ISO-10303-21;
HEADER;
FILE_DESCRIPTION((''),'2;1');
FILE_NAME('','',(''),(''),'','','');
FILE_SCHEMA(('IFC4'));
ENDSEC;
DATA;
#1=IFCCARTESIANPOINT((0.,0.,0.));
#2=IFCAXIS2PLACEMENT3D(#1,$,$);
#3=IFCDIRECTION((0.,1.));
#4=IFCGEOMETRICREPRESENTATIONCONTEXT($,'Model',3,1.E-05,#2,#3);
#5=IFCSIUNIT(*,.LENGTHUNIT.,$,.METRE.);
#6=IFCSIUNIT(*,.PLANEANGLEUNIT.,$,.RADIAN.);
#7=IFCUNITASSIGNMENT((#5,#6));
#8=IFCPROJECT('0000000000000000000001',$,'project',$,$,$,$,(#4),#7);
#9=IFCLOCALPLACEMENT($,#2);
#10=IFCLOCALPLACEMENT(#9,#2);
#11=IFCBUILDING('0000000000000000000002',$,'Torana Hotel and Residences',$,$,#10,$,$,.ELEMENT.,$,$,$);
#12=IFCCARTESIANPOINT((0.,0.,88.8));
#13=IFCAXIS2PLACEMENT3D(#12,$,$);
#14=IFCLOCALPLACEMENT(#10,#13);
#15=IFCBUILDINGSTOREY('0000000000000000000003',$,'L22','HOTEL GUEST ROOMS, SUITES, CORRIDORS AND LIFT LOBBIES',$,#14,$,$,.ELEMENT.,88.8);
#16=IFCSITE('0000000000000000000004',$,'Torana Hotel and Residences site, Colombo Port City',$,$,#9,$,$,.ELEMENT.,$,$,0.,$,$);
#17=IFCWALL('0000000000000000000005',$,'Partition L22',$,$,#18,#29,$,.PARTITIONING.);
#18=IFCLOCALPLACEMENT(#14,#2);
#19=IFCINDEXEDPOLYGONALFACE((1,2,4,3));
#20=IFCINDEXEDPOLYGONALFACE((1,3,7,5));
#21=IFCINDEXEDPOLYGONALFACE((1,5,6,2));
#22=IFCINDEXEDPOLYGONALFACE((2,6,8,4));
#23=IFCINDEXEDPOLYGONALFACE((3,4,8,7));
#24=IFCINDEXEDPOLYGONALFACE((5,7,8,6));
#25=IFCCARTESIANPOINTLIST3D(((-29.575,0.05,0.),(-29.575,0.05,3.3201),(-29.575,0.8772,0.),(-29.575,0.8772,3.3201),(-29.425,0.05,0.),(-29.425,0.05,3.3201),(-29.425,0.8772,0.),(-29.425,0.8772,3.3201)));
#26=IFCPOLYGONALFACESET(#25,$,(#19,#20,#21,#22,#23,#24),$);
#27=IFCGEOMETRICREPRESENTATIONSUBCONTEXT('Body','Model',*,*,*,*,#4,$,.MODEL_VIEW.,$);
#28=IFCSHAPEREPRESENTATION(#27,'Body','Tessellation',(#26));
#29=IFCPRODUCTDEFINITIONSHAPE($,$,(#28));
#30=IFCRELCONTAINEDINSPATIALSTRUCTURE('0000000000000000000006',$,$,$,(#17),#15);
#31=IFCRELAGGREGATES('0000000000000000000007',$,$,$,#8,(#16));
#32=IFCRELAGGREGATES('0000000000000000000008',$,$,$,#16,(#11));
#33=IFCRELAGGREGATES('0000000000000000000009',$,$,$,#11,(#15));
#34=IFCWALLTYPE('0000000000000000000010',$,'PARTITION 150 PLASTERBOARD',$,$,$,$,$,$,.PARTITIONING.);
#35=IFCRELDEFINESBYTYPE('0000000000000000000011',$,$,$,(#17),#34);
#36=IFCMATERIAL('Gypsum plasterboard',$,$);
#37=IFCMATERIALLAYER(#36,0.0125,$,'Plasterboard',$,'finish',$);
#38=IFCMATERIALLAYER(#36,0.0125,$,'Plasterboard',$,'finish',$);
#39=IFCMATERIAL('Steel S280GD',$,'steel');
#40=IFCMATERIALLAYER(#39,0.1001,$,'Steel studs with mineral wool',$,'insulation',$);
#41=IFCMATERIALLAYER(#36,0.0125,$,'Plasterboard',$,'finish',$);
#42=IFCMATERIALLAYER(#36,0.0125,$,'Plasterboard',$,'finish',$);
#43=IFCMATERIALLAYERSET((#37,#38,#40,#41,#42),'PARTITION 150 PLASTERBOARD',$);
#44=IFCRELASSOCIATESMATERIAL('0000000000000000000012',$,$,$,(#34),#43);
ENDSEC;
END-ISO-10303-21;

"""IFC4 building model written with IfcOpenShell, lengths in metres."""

from ifc_helpers import new_model, si_unit, direction, frame, frame_2d, origin, place, context, subcontext, project, spatial, rectangle, extrude, material, layer, layer_set, type_object, element, save


model = new_model("IFC4")

# Units and contexts
model_context = context("Model", 3, precision=1e-05, world=origin(), true_north=direction((0.0, 1.0)))
body_context = subcontext(model_context, "Body", "Model", "MODEL_VIEW")
ifc_project = project(units=[si_unit("LENGTHUNIT", "METRE"), si_unit("PLANEANGLEUNIT", "RADIAN")], contexts=[model_context])

# Site, building, storey
site_placement = place(None, origin())
site = spatial("IfcSite", under=ifc_project, at=site_placement, Name="Torana Hotel and Residences site, Colombo Port City", CompositionType="ELEMENT", RefElevation=0.0)
building_placement = place(site_placement, origin())
building = spatial("IfcBuilding", under=site, at=building_placement, Name="Torana Hotel and Residences", CompositionType="ELEMENT")
storey_placement = place(building_placement, frame((0.0, 0.0, 88.8)))
storey = spatial("IfcBuildingStorey", under=building, at=storey_placement, Name="L22", Description="HOTEL GUEST ROOMS, SUITES, CORRIDORS AND LIFT LOBBIES", CompositionType="ELEMENT", Elevation=88.8)

# Shared definitions
ifc_material_1 = material(Name="Steel S280GD", Category="steel")

# Wall
ifc_material_2 = material(Name="Gypsum plasterboard")
ifc_layer_1 = layer(ifc_material_2, 0.0125, Name="Plasterboard", Category="finish")
ifc_layer_2 = layer(ifc_material_2, 0.0125, Name="Plasterboard", Category="finish")
ifc_layer_3 = layer(ifc_material_1, 0.1001, Name="Steel studs with mineral wool", Category="insulation")
ifc_layer_4 = layer(ifc_material_2, 0.0125, Name="Plasterboard", Category="finish")
ifc_layer_5 = layer(ifc_material_2, 0.0125, Name="Plasterboard", Category="finish")
ifc_layer_set_1 = layer_set([ifc_layer_1, ifc_layer_2, ifc_layer_3, ifc_layer_4, ifc_layer_5], Name="PARTITION 150 PLASTERBOARD")
wall_type_1 = type_object("IfcWallType", Name="PARTITION 150 PLASTERBOARD", PredefinedType="PARTITIONING", material=ifc_layer_set_1)
wall_1_placement = place(storey_placement, frame((-29.5, 0.05, 0.0), z_axis=(0.0, 0.0, 1.0), x_axis=(0.0, 1.0, 0.0)))
element("IfcWall", 1, at=wall_1_placement, inside=storey, type_object=wall_type_1, Name="Partition L22", PredefinedType="PARTITIONING", context=body_context, shape_type="SweptSolid", body=[
    extrude(rectangle(XDim=0.8271, YDim=0.1499, at=frame_2d((0.4136, 0.0))), origin(), (0.0, 0.0, 1.0), 3.3201),
])

save(model, "model.ifc")
